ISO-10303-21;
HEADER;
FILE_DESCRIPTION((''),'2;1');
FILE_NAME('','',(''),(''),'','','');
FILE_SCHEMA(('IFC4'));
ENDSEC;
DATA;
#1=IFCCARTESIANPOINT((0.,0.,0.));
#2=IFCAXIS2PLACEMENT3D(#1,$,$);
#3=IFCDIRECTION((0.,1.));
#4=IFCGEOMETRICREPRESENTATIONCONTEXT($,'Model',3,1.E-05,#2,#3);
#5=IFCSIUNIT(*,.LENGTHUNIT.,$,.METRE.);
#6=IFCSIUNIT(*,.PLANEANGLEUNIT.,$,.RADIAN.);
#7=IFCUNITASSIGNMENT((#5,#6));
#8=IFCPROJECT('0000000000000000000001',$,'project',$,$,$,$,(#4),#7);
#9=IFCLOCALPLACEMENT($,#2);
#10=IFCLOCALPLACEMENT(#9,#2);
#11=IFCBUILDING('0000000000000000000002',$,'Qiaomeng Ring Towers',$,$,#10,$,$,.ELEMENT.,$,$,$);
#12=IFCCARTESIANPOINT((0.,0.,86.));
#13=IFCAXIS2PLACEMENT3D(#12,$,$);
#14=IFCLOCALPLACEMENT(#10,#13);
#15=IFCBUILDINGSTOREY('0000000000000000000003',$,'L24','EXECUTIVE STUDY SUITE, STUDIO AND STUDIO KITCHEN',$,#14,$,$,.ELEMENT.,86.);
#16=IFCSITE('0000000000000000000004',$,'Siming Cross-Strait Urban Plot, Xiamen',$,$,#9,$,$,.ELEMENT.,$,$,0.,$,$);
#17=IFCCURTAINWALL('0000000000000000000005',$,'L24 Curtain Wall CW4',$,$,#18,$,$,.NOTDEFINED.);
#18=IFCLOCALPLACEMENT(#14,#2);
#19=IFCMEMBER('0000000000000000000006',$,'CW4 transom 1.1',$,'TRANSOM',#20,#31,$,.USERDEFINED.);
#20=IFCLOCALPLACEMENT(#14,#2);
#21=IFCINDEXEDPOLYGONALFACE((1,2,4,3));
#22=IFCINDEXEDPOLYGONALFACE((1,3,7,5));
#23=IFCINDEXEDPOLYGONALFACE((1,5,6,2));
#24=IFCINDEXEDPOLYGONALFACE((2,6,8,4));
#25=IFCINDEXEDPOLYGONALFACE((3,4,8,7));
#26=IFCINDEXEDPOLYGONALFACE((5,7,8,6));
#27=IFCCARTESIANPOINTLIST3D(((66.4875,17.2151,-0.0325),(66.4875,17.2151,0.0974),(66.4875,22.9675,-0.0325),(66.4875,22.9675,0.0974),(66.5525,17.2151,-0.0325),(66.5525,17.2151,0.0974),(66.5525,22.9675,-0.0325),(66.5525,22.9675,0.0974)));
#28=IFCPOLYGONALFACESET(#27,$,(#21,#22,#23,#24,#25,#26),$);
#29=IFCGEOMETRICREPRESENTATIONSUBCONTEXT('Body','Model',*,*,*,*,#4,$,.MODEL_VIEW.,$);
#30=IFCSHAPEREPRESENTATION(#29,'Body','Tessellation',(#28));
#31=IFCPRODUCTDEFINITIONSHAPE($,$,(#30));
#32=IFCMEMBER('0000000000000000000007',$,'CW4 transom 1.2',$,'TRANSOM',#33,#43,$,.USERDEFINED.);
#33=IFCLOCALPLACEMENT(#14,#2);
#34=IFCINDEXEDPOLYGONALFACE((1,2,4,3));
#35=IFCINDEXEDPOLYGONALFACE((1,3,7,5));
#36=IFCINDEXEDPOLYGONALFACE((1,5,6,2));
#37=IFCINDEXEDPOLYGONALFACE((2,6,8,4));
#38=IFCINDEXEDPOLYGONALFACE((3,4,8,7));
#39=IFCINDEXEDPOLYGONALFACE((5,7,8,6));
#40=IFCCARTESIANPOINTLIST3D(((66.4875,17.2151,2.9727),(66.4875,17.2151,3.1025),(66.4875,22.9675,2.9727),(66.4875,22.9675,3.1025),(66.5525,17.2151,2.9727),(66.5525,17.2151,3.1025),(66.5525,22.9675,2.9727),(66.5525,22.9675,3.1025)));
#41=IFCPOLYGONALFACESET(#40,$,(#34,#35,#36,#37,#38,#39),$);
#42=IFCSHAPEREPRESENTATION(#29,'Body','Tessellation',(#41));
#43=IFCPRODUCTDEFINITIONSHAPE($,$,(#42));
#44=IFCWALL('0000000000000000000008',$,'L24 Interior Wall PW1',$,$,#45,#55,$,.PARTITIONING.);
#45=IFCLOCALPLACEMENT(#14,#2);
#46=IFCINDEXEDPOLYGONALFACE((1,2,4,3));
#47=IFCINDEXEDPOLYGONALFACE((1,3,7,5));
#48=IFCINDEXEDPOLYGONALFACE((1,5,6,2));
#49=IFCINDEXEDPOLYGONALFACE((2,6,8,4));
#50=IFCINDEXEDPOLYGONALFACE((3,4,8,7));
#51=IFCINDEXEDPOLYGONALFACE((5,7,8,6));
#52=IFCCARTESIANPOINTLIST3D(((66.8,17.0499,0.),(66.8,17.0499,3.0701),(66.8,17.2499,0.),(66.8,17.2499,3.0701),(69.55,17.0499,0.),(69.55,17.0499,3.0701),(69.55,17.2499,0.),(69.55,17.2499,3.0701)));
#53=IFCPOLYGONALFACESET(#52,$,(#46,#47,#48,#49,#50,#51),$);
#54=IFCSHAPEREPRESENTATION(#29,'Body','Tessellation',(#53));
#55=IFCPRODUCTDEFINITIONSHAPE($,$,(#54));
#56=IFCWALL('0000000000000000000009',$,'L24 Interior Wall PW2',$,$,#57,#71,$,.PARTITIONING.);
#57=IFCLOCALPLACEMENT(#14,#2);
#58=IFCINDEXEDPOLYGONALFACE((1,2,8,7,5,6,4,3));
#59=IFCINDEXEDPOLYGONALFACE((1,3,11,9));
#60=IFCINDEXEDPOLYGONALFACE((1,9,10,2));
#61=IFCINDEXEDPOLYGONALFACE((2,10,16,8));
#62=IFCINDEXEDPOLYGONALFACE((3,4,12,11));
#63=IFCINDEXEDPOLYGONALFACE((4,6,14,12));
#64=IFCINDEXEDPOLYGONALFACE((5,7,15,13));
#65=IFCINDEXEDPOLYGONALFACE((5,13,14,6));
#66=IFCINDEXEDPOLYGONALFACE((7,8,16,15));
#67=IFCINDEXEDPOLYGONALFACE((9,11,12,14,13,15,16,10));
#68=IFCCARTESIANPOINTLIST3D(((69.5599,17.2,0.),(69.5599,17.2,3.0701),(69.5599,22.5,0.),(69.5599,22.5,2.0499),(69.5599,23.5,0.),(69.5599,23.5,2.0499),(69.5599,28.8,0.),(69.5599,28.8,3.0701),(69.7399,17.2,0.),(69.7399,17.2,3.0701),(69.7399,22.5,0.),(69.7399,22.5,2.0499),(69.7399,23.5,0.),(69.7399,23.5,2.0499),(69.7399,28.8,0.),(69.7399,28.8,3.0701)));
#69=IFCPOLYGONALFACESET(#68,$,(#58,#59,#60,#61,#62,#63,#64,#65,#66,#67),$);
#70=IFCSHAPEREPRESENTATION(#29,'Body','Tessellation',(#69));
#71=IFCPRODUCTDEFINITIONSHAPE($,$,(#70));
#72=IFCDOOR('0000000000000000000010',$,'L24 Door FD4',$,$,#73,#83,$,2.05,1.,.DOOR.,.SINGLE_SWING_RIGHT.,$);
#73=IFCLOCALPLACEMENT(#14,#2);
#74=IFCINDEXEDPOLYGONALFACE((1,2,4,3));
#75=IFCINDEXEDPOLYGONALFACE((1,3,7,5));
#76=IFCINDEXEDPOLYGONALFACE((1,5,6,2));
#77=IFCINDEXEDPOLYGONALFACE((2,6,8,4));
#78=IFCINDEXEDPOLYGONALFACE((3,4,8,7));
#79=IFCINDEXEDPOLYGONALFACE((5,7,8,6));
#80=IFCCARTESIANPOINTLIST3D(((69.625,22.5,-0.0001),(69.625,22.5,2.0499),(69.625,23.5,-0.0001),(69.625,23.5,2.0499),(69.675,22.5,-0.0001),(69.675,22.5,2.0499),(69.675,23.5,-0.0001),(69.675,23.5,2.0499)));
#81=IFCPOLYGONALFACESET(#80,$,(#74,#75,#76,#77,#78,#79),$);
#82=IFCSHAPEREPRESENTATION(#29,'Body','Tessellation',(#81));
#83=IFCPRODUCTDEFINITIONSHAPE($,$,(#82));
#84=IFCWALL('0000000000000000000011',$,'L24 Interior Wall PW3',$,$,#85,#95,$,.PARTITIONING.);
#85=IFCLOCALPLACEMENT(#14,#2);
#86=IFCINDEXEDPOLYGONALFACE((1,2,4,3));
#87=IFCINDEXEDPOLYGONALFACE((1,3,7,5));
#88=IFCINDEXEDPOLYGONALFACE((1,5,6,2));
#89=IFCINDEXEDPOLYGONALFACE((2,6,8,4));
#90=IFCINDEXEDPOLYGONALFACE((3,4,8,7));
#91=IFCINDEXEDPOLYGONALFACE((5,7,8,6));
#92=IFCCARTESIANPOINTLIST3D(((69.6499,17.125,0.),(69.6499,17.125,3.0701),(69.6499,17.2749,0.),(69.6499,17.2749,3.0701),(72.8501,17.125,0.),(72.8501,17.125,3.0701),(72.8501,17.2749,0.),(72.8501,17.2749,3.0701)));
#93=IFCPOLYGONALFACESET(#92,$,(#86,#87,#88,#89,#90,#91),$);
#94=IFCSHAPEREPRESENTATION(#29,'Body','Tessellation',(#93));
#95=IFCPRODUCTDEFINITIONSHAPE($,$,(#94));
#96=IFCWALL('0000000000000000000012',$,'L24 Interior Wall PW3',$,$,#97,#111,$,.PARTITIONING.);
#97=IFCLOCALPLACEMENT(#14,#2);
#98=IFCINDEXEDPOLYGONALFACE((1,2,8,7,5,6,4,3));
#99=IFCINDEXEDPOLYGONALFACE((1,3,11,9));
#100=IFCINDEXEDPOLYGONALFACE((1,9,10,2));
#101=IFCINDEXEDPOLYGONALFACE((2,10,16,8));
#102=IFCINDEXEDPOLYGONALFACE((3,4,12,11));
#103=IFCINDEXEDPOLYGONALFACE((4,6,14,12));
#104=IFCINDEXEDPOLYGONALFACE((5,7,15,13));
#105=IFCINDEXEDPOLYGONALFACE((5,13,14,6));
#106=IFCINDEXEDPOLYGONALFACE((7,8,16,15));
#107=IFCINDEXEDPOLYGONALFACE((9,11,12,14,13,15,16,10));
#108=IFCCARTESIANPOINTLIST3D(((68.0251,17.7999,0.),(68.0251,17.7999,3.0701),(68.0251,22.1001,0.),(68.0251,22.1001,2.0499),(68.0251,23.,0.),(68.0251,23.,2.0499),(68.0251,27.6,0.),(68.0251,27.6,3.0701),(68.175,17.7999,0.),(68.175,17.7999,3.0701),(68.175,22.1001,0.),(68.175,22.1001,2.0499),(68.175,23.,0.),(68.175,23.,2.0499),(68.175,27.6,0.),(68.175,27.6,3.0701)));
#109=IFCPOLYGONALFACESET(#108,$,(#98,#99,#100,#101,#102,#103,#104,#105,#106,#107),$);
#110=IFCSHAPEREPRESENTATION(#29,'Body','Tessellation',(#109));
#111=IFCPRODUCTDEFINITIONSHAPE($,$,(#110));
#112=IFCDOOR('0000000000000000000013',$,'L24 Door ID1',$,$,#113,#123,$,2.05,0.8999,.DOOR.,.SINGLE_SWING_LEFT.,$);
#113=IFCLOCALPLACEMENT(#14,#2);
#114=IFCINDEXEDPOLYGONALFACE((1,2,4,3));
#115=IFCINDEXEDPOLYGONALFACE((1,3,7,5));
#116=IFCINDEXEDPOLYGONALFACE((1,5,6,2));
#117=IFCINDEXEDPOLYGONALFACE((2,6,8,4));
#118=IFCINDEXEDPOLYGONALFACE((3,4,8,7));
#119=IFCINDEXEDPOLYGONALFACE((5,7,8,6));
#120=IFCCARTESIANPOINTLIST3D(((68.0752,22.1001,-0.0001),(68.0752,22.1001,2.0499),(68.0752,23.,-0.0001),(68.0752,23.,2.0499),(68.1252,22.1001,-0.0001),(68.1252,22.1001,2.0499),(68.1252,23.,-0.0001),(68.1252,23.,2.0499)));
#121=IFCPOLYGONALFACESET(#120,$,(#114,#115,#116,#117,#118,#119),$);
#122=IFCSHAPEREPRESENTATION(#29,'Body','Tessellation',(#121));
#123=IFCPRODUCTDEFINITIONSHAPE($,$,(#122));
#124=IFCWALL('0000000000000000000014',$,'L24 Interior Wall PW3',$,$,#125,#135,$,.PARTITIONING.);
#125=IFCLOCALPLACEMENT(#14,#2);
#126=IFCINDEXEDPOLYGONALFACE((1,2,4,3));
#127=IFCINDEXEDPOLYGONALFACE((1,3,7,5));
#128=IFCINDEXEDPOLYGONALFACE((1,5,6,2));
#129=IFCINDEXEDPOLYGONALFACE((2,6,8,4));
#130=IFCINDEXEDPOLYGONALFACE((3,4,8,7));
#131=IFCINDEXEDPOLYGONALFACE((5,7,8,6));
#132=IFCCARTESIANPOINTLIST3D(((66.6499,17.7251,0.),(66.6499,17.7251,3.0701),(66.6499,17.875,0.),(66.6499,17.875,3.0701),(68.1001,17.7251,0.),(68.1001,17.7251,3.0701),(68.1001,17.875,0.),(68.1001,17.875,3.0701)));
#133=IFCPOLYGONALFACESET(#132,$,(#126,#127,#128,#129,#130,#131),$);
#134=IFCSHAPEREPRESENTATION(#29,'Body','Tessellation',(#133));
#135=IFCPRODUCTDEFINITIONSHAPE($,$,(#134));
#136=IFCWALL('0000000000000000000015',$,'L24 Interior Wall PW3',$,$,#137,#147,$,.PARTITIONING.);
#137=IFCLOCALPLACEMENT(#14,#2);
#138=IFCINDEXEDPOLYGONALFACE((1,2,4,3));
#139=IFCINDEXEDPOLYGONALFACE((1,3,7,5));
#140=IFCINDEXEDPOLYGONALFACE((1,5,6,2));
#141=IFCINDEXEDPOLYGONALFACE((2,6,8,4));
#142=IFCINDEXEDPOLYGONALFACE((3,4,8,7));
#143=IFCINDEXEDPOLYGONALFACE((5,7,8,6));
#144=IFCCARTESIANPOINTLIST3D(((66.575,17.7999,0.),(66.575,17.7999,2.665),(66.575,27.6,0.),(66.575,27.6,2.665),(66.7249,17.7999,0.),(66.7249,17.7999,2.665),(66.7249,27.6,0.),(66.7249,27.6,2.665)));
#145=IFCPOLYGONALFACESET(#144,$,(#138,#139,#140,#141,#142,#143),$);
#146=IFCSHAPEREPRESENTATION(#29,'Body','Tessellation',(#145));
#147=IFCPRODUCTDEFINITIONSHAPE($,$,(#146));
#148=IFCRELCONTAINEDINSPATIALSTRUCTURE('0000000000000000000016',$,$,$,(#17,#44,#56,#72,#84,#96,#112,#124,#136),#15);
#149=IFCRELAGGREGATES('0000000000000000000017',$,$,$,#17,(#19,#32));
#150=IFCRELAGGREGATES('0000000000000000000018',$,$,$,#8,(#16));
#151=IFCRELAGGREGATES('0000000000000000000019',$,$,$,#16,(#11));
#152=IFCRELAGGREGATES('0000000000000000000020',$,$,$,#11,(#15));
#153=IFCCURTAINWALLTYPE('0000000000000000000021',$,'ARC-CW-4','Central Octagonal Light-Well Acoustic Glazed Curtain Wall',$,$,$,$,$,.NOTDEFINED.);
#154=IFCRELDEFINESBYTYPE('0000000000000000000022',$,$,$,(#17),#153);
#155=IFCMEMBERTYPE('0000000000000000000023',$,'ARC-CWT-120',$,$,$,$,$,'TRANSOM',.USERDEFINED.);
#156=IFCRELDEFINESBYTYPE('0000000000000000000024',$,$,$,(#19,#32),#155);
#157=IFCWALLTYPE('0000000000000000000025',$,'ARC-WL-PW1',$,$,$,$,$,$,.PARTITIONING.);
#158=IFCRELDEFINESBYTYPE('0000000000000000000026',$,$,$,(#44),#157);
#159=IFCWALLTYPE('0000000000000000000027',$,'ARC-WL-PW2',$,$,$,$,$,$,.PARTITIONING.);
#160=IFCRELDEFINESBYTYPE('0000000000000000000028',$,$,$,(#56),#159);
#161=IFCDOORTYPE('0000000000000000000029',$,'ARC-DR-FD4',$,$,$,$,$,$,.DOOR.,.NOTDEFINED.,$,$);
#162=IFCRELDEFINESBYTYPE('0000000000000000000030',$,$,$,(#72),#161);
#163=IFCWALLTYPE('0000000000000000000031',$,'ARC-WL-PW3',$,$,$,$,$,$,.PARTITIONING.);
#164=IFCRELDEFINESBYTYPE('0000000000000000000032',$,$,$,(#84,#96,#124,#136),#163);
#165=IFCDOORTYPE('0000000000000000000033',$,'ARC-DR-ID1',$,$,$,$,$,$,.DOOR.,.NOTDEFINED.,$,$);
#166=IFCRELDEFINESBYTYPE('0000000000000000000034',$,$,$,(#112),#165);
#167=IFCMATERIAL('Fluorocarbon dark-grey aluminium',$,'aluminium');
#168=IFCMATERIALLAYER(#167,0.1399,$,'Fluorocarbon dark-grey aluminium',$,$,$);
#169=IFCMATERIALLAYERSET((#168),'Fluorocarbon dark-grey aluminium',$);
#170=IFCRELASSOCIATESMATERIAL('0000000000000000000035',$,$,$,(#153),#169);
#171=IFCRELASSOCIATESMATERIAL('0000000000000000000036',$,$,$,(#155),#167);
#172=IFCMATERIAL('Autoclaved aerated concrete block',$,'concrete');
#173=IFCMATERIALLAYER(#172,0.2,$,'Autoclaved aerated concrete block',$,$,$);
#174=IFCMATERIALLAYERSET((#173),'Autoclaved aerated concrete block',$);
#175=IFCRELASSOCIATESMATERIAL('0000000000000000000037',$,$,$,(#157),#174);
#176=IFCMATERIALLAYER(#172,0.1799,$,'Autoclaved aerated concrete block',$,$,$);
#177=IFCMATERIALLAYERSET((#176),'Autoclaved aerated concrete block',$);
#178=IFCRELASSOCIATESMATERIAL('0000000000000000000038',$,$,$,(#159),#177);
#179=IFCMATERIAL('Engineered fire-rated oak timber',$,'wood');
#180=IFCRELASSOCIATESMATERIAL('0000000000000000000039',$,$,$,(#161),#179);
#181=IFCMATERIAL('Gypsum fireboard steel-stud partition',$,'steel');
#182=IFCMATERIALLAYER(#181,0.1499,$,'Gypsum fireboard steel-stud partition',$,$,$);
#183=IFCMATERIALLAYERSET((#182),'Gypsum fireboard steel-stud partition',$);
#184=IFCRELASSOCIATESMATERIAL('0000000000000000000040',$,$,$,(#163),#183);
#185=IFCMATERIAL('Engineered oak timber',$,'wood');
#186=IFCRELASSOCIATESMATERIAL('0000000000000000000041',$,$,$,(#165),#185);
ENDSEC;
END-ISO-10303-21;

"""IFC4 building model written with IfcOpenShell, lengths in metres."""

from ifc_helpers import new_model, si_unit, direction, frame, frame_2d, origin, origin_2d, place, context, subcontext, project, spatial, rectangle, extrude, source, transform, mapped, material, layer, layer_set, material_profile, profile_set, type_object, element, fill, aggregate, save


model = new_model("IFC4")

# Units and contexts
model_context = context("Model", 3, precision=1e-05, world=origin(), true_north=direction((0.0, 1.0)))
body_context = subcontext(model_context, "Body", "Model", "MODEL_VIEW")
ifc_project = project(units=[si_unit("LENGTHUNIT", "METRE"), si_unit("PLANEANGLEUNIT", "RADIAN")], contexts=[model_context])

# Site, building, storey
site_placement = place(None, origin())
site = spatial("IfcSite", under=ifc_project, at=site_placement, Name="Siming Cross-Strait Urban Plot, Xiamen", CompositionType="ELEMENT", RefElevation=0.0)
building_placement = place(site_placement, origin())
building = spatial("IfcBuilding", under=site, at=building_placement, Name="Qiaomeng Ring Towers", CompositionType="ELEMENT")
storey_placement = place(building_placement, frame((0.0, 0.0, 86.0)))
storey = spatial("IfcBuildingStorey", under=building, at=storey_placement, Name="L24", Description="EXECUTIVE STUDY SUITE, STUDIO AND STUDIO KITCHEN", CompositionType="ELEMENT", Elevation=86.0)

# Curtain wall, members
ifc_material_1 = material(Name="Fluorocarbon dark-grey aluminium", Category="aluminium")
ifc_layer_1 = layer(ifc_material_1, 0.1399, Name="Fluorocarbon dark-grey aluminium")
ifc_layer_set_1 = layer_set([ifc_layer_1], Name="Fluorocarbon dark-grey aluminium")
curtain_wall_type = type_object("IfcCurtainWallType", Name="ARC-CW-4", Description="Central Octagonal Light-Well Acoustic Glazed Curtain Wall", PredefinedType="NOTDEFINED", material=ifc_layer_set_1)
curtain_wall_placement = place(storey_placement, origin())
curtain_wall = element("IfcCurtainWall", 1, at=curtain_wall_placement, inside=storey, type_object=curtain_wall_type, Name="L24 Curtain Wall CW4", PredefinedType="NOTDEFINED")
ifc_material_profile_1 = material_profile(ifc_material_1, rectangle(XDim=0.0649, YDim=0.1299, at=origin_2d()), Name="ALU TRAN 65x130")
ifc_profile_set_1 = profile_set([ifc_material_profile_1], Name="Fluorocarbon dark-grey aluminium")
member_type_1 = type_object("IfcMemberType", Name="ARC-CWT-120", ElementType="TRANSOM", PredefinedType="USERDEFINED", material=ifc_profile_set_1)
shared_shape_1 = source(origin(), body_context, "Body", "SweptSolid", [
    extrude(rectangle(XDim=0.0649, YDim=0.1299, at=origin_2d()), origin(), (0.0, 0.0, 1.0), 5.7524),
])
member_1_placement = place(storey_placement, frame((66.52, 17.2151, 0.0325), z_axis=(0.0, 1.0, 0.0), x_axis=(-1.0, 0.0, 0.0)))
member_1 = element("IfcMember", 2, at=member_1_placement, type_object=member_type_1, Name="CW4 transom 1.1", ObjectType="TRANSOM", PredefinedType="USERDEFINED", context=body_context, shape_type="MappedRepresentation", body=[
    mapped(shared_shape_1, transform((0.0, 0.0, 0.0), x_axis=(1.0, 0.0, 0.0), y_axis=(0.0, 1.0, 0.0), z_axis=(0.0, 0.0, 1.0), scale=1.0)),
])
member_2_placement = place(storey_placement, frame((66.52, 17.2151, 3.0376), z_axis=(0.0, 1.0, 0.0), x_axis=(-1.0, 0.0, 0.0)))
member_2 = element("IfcMember", 3, at=member_2_placement, type_object=member_type_1, Name="CW4 transom 1.2", ObjectType="TRANSOM", PredefinedType="USERDEFINED", context=body_context, shape_type="MappedRepresentation", body=[
    mapped(shared_shape_1, transform((0.0, 0.0, 0.0), x_axis=(1.0, 0.0, 0.0), y_axis=(0.0, 1.0, 0.0), z_axis=(0.0, 0.0, 1.0), scale=1.0)),
])
aggregate(curtain_wall, [member_1, member_2])

# Wall
ifc_material_2 = material(Name="Autoclaved aerated concrete block", Category="concrete")
ifc_layer_2 = layer(ifc_material_2, 0.2, Name="Autoclaved aerated concrete block")
ifc_layer_set_2 = layer_set([ifc_layer_2], Name="Autoclaved aerated concrete block")
wall_type_1 = type_object("IfcWallType", Name="ARC-WL-PW1", PredefinedType="PARTITIONING", material=ifc_layer_set_2)
wall_1_placement = place(storey_placement, frame((66.8, 17.1499, 0.0), z_axis=(0.0, 0.0, 1.0), x_axis=(1.0, 0.0, 0.0)))
element("IfcWall", 4, at=wall_1_placement, inside=storey, type_object=wall_type_1, Name="L24 Interior Wall PW1", PredefinedType="PARTITIONING", context=body_context, shape_type="SweptSolid", body=[
    extrude(rectangle(XDim=2.75, YDim=0.2, at=frame_2d((1.375, 0.0))), origin(), (0.0, 0.0, 1.0), 3.0701),
])

# Wall, opening, door
ifc_layer_3 = layer(ifc_material_2, 0.1799, Name="Autoclaved aerated concrete block")
ifc_layer_set_3 = layer_set([ifc_layer_3], Name="Autoclaved aerated concrete block")
wall_type_2 = type_object("IfcWallType", Name="ARC-WL-PW2", PredefinedType="PARTITIONING", material=ifc_layer_set_3)
wall_2_placement = place(storey_placement, frame((69.6499, 17.2, 0.0), z_axis=(0.0, 0.0, 1.0), x_axis=(0.0, 1.0, 0.0)))
wall_2 = element("IfcWall", 5, at=wall_2_placement, inside=storey, type_object=wall_type_2, Name="L24 Interior Wall PW2", PredefinedType="PARTITIONING", context=body_context, shape_type="SweptSolid", body=[
    extrude(rectangle(XDim=11.6001, YDim=0.1799, at=frame_2d((5.8, 0.0))), origin(), (0.0, 0.0, 1.0), 3.0701),
])
opening_1_placement = place(wall_2_placement, frame((5.3, 0.0, 0.0)))
opening_1 = element("IfcOpeningElement", 6, at=opening_1_placement, cuts=wall_2, PredefinedType="OPENING", context=body_context, shape_type="SweptSolid", body=[
    extrude(rectangle(XDim=1.0, YDim=2.05, at=frame_2d((0.5, 1.0249))), frame((0.0, 0.0999, 0.0), z_axis=(0.0, -1.0, 0.0), x_axis=(1.0, 0.0, 0.0)), (0.0, 0.0, 1.0), 0.2),
])
ifc_material_3 = material(Name="Engineered fire-rated oak timber", Category="wood")
door_type_1 = type_object("IfcDoorType", Name="ARC-DR-FD4", OperationType="NOTDEFINED", PredefinedType="DOOR", material=ifc_material_3)
shared_shape_2 = source(origin(), body_context, "Body", "SweptSolid", [
    extrude(rectangle(XDim=1.0, YDim=2.05, at=frame_2d((0.5, 1.0249))), frame((0.0, 0.0249, 0.0), z_axis=(0.0, -1.0, 0.0), x_axis=(1.0, 0.0, 0.0)), (0.0, 0.0, 1.0), 0.05),
])
door_1_placement = place(opening_1_placement, origin())
door_1 = element("IfcDoor", 7, at=door_1_placement, inside=storey, type_object=door_type_1, Name="L24 Door FD4", OperationType="SINGLE_SWING_RIGHT", OverallHeight=2.05, OverallWidth=1.0, PredefinedType="DOOR", context=body_context, shape_type="MappedRepresentation", body=[
    mapped(shared_shape_2, transform((0.0, 0.0, 0.0), x_axis=(1.0, 0.0, 0.0), y_axis=(0.0, 1.0, 0.0), z_axis=(0.0, 0.0, 1.0), scale=1.0)),
])
fill(opening_1, door_1)

# Wall
ifc_material_4 = material(Name="Gypsum fireboard steel-stud partition", Category="steel")
ifc_layer_4 = layer(ifc_material_4, 0.1499, Name="Gypsum fireboard steel-stud partition")
ifc_layer_set_4 = layer_set([ifc_layer_4], Name="Gypsum fireboard steel-stud partition")
wall_type_3 = type_object("IfcWallType", Name="ARC-WL-PW3", PredefinedType="PARTITIONING", material=ifc_layer_set_4)
wall_3_placement = place(storey_placement, frame((69.6499, 17.2, 0.0), z_axis=(0.0, 0.0, 1.0), x_axis=(1.0, 0.0, 0.0)))
element("IfcWall", 8, at=wall_3_placement, inside=storey, type_object=wall_type_3, Name="L24 Interior Wall PW3", PredefinedType="PARTITIONING", context=body_context, shape_type="SweptSolid", body=[
    extrude(rectangle(XDim=3.2002, YDim=0.1499, at=frame_2d((1.6001, 0.0))), origin(), (0.0, 0.0, 1.0), 3.0701),
])

# Wall, opening, door
wall_4_placement = place(storey_placement, frame((68.1001, 17.8, 0.0), z_axis=(0.0, 0.0, 1.0), x_axis=(0.0, 1.0, 0.0)))
wall_4 = element("IfcWall", 9, at=wall_4_placement, inside=storey, type_object=wall_type_3, Name="L24 Interior Wall PW3", PredefinedType="PARTITIONING", context=body_context, shape_type="SweptSolid", body=[
    extrude(rectangle(XDim=9.8, YDim=0.1499, at=frame_2d((4.8999, 0.0))), origin(), (0.0, 0.0, 1.0), 3.0701),
])
opening_2_placement = place(wall_4_placement, frame((4.3, 0.0, 0.0)))
opening_2 = element("IfcOpeningElement", 10, at=opening_2_placement, cuts=wall_4, PredefinedType="OPENING", context=body_context, shape_type="SweptSolid", body=[
    extrude(rectangle(XDim=0.8999, YDim=2.05, at=frame_2d((0.45, 1.0249))), frame((0.0, 0.085, 0.0), z_axis=(0.0, -1.0, 0.0), x_axis=(1.0, 0.0, 0.0)), (0.0, 0.0, 1.0), 0.1699),
])
ifc_material_5 = material(Name="Engineered oak timber", Category="wood")
door_type_2 = type_object("IfcDoorType", Name="ARC-DR-ID1", OperationType="NOTDEFINED", PredefinedType="DOOR", material=ifc_material_5)
shared_shape_3 = source(origin(), body_context, "Body", "SweptSolid", [
    extrude(rectangle(XDim=0.8999, YDim=2.05, at=frame_2d((0.45, 1.0249))), frame((0.0, 0.0249, 0.0), z_axis=(0.0, -1.0, 0.0), x_axis=(1.0, 0.0, 0.0)), (0.0, 0.0, 1.0), 0.05),
])
door_2_placement = place(opening_2_placement, origin())
door_2 = element("IfcDoor", 11, at=door_2_placement, inside=storey, type_object=door_type_2, Name="L24 Door ID1", OperationType="SINGLE_SWING_LEFT", OverallHeight=2.05, OverallWidth=0.8999, PredefinedType="DOOR", context=body_context, shape_type="MappedRepresentation", body=[
    mapped(shared_shape_3, transform((0.0, 0.0, 0.0), x_axis=(1.0, 0.0, 0.0), y_axis=(0.0, 1.0, 0.0), z_axis=(0.0, 0.0, 1.0), scale=1.0)),
])
fill(opening_2, door_2)

# Walls
wall_5_placement = place(storey_placement, frame((66.6499, 17.8, 0.0), z_axis=(0.0, 0.0, 1.0), x_axis=(1.0, 0.0, 0.0)))
element("IfcWall", 12, at=wall_5_placement, inside=storey, type_object=wall_type_3, Name="L24 Interior Wall PW3", PredefinedType="PARTITIONING", context=body_context, shape_type="SweptSolid", body=[
    extrude(rectangle(XDim=1.4502, YDim=0.1499, at=frame_2d((0.7251, 0.0))), origin(), (0.0, 0.0, 1.0), 3.0701),
])
wall_6_placement = place(storey_placement, frame((66.6499, 17.8, 0.0), z_axis=(0.0, 0.0, 1.0), x_axis=(0.0, 1.0, 0.0)))
element("IfcWall", 13, at=wall_6_placement, inside=storey, type_object=wall_type_3, Name="L24 Interior Wall PW3", PredefinedType="PARTITIONING", context=body_context, shape_type="SweptSolid", body=[
    extrude(rectangle(XDim=9.8, YDim=0.1499, at=frame_2d((4.8999, 0.0))), origin(), (0.0, 0.0, 1.0), 2.665),
])

save(model, "model.ifc")
